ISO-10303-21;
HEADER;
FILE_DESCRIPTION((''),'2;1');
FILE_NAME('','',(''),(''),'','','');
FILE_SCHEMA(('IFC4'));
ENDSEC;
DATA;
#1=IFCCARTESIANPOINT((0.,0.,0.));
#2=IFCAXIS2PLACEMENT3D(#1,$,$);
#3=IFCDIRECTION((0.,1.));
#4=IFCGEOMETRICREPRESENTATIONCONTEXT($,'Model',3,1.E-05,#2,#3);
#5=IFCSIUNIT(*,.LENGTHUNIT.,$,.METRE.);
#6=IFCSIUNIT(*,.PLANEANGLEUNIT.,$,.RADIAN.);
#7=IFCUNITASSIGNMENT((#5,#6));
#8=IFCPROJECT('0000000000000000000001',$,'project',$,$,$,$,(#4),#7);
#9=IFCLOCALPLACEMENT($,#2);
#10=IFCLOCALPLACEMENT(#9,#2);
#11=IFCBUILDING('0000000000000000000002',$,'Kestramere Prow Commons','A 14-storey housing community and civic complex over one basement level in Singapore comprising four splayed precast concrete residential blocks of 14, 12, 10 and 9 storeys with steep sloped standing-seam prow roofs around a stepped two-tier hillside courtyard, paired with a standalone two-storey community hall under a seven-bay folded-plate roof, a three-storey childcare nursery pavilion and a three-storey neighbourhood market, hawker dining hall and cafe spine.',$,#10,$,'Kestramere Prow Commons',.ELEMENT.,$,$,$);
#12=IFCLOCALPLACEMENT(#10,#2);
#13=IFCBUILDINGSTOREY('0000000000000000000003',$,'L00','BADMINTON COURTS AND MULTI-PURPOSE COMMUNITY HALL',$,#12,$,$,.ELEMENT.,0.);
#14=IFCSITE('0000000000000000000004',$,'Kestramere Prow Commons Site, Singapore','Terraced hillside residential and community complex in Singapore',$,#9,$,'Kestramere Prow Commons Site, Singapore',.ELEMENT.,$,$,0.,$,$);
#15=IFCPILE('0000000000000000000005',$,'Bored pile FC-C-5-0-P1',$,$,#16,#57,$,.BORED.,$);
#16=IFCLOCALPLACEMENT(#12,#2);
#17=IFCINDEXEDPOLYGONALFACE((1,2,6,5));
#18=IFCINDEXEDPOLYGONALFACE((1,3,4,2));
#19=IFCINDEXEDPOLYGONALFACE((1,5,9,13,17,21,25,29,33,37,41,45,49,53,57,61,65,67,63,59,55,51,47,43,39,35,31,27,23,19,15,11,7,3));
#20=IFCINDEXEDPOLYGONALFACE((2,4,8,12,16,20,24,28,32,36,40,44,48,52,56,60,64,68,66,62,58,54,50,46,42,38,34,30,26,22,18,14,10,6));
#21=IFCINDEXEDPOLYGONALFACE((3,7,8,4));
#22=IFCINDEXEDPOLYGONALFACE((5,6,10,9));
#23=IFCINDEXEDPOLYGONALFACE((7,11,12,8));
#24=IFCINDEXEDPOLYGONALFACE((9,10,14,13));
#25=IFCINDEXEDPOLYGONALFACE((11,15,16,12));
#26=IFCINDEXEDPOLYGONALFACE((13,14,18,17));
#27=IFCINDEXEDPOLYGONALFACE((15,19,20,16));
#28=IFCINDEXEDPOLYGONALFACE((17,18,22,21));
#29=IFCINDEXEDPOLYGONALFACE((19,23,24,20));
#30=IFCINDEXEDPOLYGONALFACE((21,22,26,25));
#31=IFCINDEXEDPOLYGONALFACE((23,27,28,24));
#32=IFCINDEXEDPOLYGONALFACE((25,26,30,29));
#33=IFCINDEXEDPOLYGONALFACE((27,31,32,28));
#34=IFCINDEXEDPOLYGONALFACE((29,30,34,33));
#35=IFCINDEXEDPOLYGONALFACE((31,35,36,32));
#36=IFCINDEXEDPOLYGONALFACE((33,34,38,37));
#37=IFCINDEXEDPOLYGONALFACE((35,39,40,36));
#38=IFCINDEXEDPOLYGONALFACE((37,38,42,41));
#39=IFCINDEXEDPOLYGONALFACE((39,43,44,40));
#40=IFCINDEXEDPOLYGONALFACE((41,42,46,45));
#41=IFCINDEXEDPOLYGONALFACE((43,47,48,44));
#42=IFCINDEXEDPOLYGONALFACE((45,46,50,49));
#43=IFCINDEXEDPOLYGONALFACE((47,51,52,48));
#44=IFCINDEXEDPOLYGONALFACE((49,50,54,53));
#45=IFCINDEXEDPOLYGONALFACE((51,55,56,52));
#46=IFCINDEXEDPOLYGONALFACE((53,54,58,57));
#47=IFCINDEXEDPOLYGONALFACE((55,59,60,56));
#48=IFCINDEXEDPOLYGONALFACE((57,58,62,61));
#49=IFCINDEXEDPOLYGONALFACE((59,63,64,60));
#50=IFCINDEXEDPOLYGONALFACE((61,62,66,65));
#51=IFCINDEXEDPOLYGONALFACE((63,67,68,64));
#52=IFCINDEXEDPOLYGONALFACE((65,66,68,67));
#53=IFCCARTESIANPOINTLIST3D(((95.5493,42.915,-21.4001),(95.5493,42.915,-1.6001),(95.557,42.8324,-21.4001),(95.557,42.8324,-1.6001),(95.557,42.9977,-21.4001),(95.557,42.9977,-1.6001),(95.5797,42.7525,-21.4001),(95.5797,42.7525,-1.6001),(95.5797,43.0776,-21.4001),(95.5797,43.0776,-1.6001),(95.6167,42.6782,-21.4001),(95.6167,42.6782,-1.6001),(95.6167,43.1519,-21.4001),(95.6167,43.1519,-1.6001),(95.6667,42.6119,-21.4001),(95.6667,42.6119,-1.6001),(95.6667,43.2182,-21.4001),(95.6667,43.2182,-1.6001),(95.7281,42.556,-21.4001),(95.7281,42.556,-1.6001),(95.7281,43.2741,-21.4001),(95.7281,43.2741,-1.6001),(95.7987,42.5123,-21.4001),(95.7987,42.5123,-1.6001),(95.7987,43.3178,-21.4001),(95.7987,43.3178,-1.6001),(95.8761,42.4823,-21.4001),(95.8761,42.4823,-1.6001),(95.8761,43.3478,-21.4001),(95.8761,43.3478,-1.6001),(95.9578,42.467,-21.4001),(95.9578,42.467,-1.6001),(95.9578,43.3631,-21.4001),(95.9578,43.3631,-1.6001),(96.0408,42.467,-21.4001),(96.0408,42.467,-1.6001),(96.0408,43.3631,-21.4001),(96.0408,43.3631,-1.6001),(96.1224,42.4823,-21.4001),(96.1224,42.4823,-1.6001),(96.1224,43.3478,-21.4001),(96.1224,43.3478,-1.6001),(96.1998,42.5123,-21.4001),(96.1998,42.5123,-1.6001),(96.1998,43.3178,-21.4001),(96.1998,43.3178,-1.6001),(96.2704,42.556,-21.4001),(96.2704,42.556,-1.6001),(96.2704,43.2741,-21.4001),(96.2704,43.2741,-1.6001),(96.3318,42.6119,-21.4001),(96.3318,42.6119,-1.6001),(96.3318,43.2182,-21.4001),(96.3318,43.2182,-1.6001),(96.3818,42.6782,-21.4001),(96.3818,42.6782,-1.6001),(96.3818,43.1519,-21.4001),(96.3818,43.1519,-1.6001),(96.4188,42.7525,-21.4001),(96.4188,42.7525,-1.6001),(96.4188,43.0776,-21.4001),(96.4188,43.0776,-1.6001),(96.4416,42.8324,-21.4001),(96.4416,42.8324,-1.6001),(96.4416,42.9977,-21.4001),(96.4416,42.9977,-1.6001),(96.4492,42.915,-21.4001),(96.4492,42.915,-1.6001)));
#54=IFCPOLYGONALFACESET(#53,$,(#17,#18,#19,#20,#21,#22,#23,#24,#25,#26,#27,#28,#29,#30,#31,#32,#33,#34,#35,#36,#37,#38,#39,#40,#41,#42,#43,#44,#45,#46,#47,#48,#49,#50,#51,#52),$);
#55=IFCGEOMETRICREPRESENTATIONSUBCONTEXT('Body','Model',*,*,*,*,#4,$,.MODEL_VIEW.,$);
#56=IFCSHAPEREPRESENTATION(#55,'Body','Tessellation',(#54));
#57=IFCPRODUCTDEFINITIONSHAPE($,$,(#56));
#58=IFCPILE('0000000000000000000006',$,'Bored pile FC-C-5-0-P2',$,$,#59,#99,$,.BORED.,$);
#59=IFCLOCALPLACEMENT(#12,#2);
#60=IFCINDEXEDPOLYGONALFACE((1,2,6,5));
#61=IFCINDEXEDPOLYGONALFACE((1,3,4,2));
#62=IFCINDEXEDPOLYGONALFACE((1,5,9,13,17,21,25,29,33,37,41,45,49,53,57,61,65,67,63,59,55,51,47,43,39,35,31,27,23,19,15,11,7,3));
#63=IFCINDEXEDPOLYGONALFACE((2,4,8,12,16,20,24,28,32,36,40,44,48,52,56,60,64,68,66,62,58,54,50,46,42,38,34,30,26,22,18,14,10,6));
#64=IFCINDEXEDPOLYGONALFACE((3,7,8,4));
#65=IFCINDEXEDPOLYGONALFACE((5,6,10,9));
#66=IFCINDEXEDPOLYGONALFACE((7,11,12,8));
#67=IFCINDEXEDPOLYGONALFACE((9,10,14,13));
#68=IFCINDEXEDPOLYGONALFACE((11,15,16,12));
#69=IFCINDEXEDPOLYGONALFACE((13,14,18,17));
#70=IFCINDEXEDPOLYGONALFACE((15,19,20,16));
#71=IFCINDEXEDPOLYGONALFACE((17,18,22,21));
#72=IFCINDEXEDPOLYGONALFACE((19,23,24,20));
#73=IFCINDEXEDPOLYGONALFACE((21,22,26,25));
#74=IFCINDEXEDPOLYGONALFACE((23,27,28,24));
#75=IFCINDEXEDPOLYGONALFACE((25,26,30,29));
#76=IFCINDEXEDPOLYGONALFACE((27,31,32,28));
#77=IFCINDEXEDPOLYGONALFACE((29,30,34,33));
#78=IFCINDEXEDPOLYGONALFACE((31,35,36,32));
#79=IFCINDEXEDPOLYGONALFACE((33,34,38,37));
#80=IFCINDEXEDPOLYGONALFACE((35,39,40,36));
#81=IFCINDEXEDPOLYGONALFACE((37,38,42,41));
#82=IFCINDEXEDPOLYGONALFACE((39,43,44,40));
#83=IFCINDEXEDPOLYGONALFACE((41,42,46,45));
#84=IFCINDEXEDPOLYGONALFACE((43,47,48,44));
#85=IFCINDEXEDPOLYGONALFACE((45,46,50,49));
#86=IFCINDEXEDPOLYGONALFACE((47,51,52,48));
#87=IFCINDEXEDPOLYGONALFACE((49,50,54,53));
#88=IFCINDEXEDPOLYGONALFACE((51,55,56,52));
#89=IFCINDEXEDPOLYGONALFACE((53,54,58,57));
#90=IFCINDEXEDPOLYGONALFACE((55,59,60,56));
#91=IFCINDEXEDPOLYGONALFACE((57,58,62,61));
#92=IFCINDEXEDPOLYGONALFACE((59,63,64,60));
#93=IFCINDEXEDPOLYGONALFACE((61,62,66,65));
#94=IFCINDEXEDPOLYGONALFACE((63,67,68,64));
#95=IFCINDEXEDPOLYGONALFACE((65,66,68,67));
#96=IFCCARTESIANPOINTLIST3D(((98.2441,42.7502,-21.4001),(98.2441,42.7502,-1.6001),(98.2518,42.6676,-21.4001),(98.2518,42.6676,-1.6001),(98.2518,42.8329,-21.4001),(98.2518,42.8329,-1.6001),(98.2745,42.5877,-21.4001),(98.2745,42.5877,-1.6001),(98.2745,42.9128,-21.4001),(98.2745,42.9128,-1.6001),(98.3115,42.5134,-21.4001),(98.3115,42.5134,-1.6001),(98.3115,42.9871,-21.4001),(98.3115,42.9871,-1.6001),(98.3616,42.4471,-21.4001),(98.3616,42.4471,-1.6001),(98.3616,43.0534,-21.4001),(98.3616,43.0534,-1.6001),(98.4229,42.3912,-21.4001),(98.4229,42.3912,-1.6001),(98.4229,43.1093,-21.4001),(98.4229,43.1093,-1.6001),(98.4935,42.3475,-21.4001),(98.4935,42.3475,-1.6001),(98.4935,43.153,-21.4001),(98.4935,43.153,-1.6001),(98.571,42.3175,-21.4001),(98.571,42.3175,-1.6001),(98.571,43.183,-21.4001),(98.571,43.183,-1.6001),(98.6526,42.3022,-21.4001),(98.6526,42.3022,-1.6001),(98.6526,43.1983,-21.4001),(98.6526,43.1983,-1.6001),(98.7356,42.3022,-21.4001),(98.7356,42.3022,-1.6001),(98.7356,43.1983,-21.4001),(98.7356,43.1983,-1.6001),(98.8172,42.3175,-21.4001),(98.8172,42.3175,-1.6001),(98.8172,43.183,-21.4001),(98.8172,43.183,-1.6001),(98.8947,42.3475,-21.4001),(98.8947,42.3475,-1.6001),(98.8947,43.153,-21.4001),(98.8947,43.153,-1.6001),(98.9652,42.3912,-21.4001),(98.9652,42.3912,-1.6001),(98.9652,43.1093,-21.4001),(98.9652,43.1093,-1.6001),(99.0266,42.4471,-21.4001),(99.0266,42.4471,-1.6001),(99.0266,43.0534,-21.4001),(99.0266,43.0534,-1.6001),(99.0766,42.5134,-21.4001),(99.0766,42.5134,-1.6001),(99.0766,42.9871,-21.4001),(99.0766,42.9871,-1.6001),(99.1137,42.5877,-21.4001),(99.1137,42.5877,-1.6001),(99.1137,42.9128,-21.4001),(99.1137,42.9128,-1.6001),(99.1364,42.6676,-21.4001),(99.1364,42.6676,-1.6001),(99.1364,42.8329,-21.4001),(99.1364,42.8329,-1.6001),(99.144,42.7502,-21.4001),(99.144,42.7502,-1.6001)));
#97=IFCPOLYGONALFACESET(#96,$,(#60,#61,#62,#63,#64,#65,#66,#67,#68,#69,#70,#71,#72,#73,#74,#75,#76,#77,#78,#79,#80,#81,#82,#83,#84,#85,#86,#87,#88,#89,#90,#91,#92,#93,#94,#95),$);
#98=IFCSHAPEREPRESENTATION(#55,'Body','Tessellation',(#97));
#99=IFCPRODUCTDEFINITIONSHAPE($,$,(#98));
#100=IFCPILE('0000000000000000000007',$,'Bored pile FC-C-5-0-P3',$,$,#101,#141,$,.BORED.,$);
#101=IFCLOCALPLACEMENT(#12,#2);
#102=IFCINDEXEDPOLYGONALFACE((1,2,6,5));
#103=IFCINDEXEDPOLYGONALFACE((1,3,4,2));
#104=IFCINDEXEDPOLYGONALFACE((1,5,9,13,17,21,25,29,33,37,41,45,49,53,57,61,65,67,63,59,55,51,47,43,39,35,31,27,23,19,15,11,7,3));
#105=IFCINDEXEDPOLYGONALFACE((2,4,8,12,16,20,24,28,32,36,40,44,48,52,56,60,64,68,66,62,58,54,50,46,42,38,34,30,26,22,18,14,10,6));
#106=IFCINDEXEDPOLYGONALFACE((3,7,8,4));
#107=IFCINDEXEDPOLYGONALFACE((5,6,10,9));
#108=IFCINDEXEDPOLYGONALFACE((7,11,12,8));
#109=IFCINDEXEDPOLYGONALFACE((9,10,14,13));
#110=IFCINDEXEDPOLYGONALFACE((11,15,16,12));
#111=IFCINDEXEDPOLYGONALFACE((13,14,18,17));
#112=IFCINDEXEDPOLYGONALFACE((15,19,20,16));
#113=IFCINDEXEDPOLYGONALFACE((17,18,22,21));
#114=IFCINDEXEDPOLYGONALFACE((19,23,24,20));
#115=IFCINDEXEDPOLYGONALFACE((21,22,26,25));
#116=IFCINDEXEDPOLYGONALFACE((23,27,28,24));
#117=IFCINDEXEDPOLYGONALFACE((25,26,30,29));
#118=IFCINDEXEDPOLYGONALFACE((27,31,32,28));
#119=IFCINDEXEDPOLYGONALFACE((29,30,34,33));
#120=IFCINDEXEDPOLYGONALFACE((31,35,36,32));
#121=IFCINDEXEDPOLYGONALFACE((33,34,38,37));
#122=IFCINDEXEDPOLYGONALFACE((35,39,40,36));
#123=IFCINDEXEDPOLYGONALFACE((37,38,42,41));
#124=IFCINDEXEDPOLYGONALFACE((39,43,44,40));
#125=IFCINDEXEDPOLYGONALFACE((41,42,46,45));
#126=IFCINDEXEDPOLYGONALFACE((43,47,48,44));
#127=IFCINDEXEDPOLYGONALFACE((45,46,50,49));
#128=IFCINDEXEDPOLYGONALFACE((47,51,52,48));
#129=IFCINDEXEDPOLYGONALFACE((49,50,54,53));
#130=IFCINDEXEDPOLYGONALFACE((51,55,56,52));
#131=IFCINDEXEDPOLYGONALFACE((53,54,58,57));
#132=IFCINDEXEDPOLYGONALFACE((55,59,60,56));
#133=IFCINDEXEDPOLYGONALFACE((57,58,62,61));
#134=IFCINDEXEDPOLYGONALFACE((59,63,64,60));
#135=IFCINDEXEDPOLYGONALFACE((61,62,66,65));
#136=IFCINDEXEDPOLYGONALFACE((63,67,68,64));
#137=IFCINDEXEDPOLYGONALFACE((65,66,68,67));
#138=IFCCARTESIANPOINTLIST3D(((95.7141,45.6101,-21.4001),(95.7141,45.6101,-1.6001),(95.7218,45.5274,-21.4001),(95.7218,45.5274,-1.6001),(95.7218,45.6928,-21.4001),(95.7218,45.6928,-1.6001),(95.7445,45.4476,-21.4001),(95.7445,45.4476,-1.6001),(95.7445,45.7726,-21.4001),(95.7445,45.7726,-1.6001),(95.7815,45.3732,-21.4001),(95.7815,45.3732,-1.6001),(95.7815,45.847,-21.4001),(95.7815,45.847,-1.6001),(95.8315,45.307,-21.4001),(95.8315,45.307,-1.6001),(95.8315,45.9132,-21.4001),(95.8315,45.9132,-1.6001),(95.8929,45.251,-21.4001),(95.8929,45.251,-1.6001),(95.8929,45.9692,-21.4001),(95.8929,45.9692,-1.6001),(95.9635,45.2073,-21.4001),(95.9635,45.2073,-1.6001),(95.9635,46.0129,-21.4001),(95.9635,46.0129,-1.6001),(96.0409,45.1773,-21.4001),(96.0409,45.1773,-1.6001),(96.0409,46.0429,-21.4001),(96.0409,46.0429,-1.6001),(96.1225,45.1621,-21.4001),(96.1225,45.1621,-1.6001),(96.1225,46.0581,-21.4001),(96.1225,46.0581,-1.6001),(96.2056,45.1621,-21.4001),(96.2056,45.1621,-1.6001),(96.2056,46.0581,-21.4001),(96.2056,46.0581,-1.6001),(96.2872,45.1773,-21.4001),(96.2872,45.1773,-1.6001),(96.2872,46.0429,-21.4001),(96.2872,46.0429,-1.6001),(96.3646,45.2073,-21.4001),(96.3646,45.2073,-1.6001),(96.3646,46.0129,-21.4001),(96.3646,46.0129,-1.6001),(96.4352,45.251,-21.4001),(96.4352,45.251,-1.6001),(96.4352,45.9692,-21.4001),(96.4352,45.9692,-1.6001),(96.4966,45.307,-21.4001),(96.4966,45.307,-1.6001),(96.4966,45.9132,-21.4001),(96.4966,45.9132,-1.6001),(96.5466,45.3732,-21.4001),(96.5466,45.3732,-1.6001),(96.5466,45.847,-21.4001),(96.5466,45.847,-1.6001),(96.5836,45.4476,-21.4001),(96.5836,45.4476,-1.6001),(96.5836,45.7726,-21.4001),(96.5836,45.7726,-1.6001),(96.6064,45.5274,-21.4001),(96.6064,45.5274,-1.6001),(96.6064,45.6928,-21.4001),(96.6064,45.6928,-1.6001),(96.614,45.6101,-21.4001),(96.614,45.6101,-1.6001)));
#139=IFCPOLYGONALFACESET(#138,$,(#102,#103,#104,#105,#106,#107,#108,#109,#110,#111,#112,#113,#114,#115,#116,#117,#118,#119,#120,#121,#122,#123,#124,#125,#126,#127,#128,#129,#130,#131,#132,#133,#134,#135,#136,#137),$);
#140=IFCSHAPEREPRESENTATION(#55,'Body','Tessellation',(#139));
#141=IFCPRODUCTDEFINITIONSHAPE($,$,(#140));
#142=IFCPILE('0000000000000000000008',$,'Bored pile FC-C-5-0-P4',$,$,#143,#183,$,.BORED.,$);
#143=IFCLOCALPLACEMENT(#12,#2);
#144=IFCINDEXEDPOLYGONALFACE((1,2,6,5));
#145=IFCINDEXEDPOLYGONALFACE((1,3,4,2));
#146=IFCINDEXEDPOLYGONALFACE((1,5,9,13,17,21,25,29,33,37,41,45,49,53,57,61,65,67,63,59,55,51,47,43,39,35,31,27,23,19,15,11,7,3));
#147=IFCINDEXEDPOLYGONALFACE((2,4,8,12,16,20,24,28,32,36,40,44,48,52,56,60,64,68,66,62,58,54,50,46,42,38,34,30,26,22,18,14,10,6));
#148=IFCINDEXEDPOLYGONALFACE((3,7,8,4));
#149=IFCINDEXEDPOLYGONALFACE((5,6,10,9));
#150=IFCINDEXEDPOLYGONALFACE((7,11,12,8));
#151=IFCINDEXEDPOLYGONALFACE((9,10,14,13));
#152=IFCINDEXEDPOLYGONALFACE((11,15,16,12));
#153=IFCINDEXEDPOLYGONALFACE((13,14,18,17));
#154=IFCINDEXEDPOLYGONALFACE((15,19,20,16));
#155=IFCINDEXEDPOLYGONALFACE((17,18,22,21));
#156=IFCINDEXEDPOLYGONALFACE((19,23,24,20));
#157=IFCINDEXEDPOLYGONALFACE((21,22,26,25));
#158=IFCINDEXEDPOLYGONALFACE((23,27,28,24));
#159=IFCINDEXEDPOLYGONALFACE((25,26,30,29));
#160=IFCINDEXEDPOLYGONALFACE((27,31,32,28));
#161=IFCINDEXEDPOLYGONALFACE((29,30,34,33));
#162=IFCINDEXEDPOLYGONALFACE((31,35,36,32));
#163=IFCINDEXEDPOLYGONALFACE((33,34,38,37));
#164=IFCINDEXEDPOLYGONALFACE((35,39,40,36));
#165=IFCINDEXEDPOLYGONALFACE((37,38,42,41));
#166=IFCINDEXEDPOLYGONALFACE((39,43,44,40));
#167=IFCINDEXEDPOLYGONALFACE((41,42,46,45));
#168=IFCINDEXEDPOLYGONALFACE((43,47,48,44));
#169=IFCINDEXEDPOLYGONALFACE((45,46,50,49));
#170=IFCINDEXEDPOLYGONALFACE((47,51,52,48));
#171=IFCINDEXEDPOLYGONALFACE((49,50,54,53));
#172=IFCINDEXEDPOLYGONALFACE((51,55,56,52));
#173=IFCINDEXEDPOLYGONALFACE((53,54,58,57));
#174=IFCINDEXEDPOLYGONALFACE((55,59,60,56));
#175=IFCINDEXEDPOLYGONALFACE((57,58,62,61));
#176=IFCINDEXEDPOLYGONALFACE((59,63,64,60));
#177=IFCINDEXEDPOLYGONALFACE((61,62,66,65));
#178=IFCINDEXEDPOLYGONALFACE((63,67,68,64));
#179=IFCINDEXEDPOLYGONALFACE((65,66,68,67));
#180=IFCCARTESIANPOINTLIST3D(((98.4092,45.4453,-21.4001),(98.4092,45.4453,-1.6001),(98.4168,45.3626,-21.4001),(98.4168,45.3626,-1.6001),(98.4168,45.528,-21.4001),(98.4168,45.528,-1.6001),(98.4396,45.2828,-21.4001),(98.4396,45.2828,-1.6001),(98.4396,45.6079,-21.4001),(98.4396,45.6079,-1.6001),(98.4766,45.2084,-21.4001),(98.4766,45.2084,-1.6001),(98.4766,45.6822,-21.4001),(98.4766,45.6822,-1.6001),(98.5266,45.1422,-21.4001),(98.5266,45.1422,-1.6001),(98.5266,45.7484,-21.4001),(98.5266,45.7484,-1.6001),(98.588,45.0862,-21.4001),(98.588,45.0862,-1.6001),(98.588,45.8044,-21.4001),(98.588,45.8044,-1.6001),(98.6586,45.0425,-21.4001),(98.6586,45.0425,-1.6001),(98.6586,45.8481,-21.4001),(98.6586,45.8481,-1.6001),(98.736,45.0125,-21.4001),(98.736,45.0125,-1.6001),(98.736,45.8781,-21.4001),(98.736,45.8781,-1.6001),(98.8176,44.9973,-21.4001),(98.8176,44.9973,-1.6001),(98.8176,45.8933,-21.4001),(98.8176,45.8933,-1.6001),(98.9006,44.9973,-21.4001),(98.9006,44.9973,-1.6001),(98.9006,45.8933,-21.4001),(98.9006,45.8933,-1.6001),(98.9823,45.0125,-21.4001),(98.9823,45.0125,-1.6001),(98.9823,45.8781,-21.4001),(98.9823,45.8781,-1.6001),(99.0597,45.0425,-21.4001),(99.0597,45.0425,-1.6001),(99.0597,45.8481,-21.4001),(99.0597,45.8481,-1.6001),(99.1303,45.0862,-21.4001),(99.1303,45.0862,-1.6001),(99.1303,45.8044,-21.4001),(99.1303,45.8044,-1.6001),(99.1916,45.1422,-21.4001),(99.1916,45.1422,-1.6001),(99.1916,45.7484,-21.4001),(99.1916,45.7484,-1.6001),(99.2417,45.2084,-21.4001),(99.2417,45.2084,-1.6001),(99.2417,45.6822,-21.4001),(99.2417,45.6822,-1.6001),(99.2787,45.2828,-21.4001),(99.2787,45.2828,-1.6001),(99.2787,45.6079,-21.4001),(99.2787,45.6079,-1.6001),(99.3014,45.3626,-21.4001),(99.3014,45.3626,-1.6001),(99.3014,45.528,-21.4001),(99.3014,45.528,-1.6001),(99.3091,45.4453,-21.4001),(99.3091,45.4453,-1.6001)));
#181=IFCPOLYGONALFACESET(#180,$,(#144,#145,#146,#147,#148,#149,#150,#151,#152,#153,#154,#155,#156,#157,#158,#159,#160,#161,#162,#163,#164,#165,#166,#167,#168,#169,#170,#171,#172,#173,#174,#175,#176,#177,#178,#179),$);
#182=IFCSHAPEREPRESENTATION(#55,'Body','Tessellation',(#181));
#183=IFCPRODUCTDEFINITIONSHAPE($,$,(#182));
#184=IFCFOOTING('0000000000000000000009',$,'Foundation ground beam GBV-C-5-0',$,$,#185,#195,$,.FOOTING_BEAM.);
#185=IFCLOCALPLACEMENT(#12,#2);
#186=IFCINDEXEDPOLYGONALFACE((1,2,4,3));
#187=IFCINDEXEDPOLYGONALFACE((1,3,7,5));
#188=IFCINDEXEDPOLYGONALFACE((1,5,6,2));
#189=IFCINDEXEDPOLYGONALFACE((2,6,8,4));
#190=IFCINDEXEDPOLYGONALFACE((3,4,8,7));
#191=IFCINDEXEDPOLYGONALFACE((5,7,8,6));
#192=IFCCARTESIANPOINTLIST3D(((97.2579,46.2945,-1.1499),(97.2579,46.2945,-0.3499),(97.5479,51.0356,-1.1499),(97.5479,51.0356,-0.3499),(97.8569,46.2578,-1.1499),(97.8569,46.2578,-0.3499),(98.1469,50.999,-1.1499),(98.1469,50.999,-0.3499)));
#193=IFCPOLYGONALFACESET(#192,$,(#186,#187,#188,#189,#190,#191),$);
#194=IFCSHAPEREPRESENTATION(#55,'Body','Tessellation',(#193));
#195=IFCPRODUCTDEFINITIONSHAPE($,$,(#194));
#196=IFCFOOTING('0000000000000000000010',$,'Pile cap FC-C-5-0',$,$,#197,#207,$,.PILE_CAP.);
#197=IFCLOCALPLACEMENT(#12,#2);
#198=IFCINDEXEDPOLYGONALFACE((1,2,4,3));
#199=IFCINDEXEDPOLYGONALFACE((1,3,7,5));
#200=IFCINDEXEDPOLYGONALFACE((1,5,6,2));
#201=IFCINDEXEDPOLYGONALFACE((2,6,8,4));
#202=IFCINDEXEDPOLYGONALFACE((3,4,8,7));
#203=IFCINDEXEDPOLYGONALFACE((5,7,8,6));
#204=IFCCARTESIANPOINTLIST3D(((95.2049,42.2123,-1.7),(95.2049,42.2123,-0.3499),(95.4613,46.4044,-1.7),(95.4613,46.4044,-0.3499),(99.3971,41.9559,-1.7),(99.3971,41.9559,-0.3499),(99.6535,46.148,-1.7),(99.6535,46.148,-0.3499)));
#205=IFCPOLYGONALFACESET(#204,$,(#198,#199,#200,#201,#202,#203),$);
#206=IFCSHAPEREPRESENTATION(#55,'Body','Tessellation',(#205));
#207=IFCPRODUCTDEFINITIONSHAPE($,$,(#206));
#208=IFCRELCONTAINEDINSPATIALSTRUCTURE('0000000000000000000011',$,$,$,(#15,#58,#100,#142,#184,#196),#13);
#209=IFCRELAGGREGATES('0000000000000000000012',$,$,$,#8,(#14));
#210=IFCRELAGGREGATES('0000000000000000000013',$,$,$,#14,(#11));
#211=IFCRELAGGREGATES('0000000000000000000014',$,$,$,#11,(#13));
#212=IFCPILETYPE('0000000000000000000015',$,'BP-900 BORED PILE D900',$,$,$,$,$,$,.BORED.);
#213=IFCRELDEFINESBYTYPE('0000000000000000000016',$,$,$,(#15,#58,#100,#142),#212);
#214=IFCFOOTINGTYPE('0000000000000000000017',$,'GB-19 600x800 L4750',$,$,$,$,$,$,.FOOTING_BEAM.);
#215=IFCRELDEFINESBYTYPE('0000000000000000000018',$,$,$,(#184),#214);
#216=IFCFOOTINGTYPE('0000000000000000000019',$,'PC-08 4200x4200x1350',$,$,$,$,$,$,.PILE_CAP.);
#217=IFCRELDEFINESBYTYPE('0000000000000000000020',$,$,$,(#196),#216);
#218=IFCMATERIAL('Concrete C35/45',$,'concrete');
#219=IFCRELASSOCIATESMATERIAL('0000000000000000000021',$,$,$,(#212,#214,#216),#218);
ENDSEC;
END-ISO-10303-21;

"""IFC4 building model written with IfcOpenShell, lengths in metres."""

from ifc_helpers import new_model, si_unit, direction, frame, origin, origin_2d, place, context, subcontext, project, spatial, rectangle, circle, extrude, material, material_profile, profile_set, type_object, element, save


model = new_model("IFC4")

# Units and contexts
model_context = context("Model", 3, precision=1e-05, world=origin(), true_north=direction((0.0, 1.0)))
body_context = subcontext(model_context, "Body", "Model", "MODEL_VIEW")
ifc_project = project(units=[si_unit("LENGTHUNIT", "METRE"), si_unit("PLANEANGLEUNIT", "RADIAN")], contexts=[model_context])

# Site, building, storey
site_placement = place(None, origin())
site = spatial("IfcSite", under=ifc_project, at=site_placement, Name="Kestramere Prow Commons Site, Singapore", Description="Terraced hillside residential and community complex in Singapore", LongName="Kestramere Prow Commons Site, Singapore", CompositionType="ELEMENT", RefElevation=0.0)
building_placement = place(site_placement, origin())
building = spatial("IfcBuilding", under=site, at=building_placement, Name="Kestramere Prow Commons", Description="A 14-storey housing community and civic complex over one basement level in Singapore comprising four splayed precast concrete residential blocks of 14, 12, 10 and 9 storeys with steep sloped standing-seam prow roofs around a stepped two-tier hillside courtyard, paired with a standalone two-storey community hall under a seven-bay folded-plate roof, a three-storey childcare nursery pavilion and a three-storey neighbourhood market, hawker dining hall and cafe spine.", LongName="Kestramere Prow Commons", CompositionType="ELEMENT")
storey_placement = place(building_placement, origin())
storey = spatial("IfcBuildingStorey", under=building, at=storey_placement, Name="L00", Description="BADMINTON COURTS AND MULTI-PURPOSE COMMUNITY HALL", CompositionType="ELEMENT", Elevation=0.0)

# Piles
ifc_material_1 = material(Name="Concrete C35/45", Category="concrete")
ifc_material_profile_1 = material_profile(ifc_material_1, circle(Radius=0.45, at=origin_2d()), Name="BORED PILE D900")
ifc_profile_set_1 = profile_set([ifc_material_profile_1], Name="Concrete C35/45")
pile_type = type_object("IfcPileType", Name="BP-900 BORED PILE D900", PredefinedType="BORED", material=ifc_profile_set_1)
for number, where, z_axis, x_axis, name in (
    (1, (95.9993, 42.915, -1.6001), (0.0, 0.0, -1.0), (1.0, 0.0, 0.0), "Bored pile FC-C-5-0-P1"),
    (2, (98.6941, 42.7502, -1.6001), (0.0, 0.0, -1.0), (1.0, 0.0, 0.0), "Bored pile FC-C-5-0-P2"),
    (3, (96.1641, 45.6101, -1.6001), (0.0, 0.0, -1.0), (1.0, 0.0, 0.0), "Bored pile FC-C-5-0-P3"),
    (4, (98.8591, 45.4453, -1.6001), (0.0, 0.0, -1.0), (1.0, 0.0, 0.0), "Bored pile FC-C-5-0-P4"),
):
    element("IfcPile", number, at=place(storey_placement, frame(where, z_axis=z_axis, x_axis=x_axis)), inside=storey, type_object=pile_type, Name=name, PredefinedType="BORED", context=body_context, shape_type="SweptSolid", body=[
        extrude(circle(Radius=0.45, at=origin_2d()), origin(), (0.0, 0.0, 1.0), 19.8),
    ])

# Footings
footing_type_1 = type_object("IfcFootingType", Name="GB-19 600x800 L4750", PredefinedType="FOOTING_BEAM", material=ifc_material_1)
footing_1_placement = place(storey_placement, frame((97.7024, 48.6467, -1.1499), z_axis=(0.0, 0.0, 1.0), x_axis=(0.061049, 0.998135, 0.0)))
element("IfcFooting", 5, at=footing_1_placement, inside=storey, type_object=footing_type_1, Name="Foundation ground beam GBV-C-5-0", PredefinedType="FOOTING_BEAM", context=body_context, shape_type="SweptSolid", body=[
    extrude(rectangle(XDim=4.75, YDim=0.6001, at=origin_2d()), origin(), (0.0, 0.0, 1.0), 0.8),
])
footing_type_2 = type_object("IfcFootingType", Name="PC-08 4200x4200x1350", PredefinedType="PILE_CAP", material=ifc_material_1)
footing_2_placement = place(storey_placement, frame((97.4292, 44.1802, -1.7), z_axis=(0.0, 0.0, 1.0), x_axis=(0.998135, -0.061049, 0.0)))
element("IfcFooting", 6, at=footing_2_placement, inside=storey, type_object=footing_type_2, Name="Pile cap FC-C-5-0", PredefinedType="PILE_CAP", context=body_context, shape_type="SweptSolid", body=[
    extrude(rectangle(XDim=4.2, YDim=4.2, at=origin_2d()), origin(), (0.0, 0.0, 1.0), 1.3501),
])

save(model, "model.ifc")
